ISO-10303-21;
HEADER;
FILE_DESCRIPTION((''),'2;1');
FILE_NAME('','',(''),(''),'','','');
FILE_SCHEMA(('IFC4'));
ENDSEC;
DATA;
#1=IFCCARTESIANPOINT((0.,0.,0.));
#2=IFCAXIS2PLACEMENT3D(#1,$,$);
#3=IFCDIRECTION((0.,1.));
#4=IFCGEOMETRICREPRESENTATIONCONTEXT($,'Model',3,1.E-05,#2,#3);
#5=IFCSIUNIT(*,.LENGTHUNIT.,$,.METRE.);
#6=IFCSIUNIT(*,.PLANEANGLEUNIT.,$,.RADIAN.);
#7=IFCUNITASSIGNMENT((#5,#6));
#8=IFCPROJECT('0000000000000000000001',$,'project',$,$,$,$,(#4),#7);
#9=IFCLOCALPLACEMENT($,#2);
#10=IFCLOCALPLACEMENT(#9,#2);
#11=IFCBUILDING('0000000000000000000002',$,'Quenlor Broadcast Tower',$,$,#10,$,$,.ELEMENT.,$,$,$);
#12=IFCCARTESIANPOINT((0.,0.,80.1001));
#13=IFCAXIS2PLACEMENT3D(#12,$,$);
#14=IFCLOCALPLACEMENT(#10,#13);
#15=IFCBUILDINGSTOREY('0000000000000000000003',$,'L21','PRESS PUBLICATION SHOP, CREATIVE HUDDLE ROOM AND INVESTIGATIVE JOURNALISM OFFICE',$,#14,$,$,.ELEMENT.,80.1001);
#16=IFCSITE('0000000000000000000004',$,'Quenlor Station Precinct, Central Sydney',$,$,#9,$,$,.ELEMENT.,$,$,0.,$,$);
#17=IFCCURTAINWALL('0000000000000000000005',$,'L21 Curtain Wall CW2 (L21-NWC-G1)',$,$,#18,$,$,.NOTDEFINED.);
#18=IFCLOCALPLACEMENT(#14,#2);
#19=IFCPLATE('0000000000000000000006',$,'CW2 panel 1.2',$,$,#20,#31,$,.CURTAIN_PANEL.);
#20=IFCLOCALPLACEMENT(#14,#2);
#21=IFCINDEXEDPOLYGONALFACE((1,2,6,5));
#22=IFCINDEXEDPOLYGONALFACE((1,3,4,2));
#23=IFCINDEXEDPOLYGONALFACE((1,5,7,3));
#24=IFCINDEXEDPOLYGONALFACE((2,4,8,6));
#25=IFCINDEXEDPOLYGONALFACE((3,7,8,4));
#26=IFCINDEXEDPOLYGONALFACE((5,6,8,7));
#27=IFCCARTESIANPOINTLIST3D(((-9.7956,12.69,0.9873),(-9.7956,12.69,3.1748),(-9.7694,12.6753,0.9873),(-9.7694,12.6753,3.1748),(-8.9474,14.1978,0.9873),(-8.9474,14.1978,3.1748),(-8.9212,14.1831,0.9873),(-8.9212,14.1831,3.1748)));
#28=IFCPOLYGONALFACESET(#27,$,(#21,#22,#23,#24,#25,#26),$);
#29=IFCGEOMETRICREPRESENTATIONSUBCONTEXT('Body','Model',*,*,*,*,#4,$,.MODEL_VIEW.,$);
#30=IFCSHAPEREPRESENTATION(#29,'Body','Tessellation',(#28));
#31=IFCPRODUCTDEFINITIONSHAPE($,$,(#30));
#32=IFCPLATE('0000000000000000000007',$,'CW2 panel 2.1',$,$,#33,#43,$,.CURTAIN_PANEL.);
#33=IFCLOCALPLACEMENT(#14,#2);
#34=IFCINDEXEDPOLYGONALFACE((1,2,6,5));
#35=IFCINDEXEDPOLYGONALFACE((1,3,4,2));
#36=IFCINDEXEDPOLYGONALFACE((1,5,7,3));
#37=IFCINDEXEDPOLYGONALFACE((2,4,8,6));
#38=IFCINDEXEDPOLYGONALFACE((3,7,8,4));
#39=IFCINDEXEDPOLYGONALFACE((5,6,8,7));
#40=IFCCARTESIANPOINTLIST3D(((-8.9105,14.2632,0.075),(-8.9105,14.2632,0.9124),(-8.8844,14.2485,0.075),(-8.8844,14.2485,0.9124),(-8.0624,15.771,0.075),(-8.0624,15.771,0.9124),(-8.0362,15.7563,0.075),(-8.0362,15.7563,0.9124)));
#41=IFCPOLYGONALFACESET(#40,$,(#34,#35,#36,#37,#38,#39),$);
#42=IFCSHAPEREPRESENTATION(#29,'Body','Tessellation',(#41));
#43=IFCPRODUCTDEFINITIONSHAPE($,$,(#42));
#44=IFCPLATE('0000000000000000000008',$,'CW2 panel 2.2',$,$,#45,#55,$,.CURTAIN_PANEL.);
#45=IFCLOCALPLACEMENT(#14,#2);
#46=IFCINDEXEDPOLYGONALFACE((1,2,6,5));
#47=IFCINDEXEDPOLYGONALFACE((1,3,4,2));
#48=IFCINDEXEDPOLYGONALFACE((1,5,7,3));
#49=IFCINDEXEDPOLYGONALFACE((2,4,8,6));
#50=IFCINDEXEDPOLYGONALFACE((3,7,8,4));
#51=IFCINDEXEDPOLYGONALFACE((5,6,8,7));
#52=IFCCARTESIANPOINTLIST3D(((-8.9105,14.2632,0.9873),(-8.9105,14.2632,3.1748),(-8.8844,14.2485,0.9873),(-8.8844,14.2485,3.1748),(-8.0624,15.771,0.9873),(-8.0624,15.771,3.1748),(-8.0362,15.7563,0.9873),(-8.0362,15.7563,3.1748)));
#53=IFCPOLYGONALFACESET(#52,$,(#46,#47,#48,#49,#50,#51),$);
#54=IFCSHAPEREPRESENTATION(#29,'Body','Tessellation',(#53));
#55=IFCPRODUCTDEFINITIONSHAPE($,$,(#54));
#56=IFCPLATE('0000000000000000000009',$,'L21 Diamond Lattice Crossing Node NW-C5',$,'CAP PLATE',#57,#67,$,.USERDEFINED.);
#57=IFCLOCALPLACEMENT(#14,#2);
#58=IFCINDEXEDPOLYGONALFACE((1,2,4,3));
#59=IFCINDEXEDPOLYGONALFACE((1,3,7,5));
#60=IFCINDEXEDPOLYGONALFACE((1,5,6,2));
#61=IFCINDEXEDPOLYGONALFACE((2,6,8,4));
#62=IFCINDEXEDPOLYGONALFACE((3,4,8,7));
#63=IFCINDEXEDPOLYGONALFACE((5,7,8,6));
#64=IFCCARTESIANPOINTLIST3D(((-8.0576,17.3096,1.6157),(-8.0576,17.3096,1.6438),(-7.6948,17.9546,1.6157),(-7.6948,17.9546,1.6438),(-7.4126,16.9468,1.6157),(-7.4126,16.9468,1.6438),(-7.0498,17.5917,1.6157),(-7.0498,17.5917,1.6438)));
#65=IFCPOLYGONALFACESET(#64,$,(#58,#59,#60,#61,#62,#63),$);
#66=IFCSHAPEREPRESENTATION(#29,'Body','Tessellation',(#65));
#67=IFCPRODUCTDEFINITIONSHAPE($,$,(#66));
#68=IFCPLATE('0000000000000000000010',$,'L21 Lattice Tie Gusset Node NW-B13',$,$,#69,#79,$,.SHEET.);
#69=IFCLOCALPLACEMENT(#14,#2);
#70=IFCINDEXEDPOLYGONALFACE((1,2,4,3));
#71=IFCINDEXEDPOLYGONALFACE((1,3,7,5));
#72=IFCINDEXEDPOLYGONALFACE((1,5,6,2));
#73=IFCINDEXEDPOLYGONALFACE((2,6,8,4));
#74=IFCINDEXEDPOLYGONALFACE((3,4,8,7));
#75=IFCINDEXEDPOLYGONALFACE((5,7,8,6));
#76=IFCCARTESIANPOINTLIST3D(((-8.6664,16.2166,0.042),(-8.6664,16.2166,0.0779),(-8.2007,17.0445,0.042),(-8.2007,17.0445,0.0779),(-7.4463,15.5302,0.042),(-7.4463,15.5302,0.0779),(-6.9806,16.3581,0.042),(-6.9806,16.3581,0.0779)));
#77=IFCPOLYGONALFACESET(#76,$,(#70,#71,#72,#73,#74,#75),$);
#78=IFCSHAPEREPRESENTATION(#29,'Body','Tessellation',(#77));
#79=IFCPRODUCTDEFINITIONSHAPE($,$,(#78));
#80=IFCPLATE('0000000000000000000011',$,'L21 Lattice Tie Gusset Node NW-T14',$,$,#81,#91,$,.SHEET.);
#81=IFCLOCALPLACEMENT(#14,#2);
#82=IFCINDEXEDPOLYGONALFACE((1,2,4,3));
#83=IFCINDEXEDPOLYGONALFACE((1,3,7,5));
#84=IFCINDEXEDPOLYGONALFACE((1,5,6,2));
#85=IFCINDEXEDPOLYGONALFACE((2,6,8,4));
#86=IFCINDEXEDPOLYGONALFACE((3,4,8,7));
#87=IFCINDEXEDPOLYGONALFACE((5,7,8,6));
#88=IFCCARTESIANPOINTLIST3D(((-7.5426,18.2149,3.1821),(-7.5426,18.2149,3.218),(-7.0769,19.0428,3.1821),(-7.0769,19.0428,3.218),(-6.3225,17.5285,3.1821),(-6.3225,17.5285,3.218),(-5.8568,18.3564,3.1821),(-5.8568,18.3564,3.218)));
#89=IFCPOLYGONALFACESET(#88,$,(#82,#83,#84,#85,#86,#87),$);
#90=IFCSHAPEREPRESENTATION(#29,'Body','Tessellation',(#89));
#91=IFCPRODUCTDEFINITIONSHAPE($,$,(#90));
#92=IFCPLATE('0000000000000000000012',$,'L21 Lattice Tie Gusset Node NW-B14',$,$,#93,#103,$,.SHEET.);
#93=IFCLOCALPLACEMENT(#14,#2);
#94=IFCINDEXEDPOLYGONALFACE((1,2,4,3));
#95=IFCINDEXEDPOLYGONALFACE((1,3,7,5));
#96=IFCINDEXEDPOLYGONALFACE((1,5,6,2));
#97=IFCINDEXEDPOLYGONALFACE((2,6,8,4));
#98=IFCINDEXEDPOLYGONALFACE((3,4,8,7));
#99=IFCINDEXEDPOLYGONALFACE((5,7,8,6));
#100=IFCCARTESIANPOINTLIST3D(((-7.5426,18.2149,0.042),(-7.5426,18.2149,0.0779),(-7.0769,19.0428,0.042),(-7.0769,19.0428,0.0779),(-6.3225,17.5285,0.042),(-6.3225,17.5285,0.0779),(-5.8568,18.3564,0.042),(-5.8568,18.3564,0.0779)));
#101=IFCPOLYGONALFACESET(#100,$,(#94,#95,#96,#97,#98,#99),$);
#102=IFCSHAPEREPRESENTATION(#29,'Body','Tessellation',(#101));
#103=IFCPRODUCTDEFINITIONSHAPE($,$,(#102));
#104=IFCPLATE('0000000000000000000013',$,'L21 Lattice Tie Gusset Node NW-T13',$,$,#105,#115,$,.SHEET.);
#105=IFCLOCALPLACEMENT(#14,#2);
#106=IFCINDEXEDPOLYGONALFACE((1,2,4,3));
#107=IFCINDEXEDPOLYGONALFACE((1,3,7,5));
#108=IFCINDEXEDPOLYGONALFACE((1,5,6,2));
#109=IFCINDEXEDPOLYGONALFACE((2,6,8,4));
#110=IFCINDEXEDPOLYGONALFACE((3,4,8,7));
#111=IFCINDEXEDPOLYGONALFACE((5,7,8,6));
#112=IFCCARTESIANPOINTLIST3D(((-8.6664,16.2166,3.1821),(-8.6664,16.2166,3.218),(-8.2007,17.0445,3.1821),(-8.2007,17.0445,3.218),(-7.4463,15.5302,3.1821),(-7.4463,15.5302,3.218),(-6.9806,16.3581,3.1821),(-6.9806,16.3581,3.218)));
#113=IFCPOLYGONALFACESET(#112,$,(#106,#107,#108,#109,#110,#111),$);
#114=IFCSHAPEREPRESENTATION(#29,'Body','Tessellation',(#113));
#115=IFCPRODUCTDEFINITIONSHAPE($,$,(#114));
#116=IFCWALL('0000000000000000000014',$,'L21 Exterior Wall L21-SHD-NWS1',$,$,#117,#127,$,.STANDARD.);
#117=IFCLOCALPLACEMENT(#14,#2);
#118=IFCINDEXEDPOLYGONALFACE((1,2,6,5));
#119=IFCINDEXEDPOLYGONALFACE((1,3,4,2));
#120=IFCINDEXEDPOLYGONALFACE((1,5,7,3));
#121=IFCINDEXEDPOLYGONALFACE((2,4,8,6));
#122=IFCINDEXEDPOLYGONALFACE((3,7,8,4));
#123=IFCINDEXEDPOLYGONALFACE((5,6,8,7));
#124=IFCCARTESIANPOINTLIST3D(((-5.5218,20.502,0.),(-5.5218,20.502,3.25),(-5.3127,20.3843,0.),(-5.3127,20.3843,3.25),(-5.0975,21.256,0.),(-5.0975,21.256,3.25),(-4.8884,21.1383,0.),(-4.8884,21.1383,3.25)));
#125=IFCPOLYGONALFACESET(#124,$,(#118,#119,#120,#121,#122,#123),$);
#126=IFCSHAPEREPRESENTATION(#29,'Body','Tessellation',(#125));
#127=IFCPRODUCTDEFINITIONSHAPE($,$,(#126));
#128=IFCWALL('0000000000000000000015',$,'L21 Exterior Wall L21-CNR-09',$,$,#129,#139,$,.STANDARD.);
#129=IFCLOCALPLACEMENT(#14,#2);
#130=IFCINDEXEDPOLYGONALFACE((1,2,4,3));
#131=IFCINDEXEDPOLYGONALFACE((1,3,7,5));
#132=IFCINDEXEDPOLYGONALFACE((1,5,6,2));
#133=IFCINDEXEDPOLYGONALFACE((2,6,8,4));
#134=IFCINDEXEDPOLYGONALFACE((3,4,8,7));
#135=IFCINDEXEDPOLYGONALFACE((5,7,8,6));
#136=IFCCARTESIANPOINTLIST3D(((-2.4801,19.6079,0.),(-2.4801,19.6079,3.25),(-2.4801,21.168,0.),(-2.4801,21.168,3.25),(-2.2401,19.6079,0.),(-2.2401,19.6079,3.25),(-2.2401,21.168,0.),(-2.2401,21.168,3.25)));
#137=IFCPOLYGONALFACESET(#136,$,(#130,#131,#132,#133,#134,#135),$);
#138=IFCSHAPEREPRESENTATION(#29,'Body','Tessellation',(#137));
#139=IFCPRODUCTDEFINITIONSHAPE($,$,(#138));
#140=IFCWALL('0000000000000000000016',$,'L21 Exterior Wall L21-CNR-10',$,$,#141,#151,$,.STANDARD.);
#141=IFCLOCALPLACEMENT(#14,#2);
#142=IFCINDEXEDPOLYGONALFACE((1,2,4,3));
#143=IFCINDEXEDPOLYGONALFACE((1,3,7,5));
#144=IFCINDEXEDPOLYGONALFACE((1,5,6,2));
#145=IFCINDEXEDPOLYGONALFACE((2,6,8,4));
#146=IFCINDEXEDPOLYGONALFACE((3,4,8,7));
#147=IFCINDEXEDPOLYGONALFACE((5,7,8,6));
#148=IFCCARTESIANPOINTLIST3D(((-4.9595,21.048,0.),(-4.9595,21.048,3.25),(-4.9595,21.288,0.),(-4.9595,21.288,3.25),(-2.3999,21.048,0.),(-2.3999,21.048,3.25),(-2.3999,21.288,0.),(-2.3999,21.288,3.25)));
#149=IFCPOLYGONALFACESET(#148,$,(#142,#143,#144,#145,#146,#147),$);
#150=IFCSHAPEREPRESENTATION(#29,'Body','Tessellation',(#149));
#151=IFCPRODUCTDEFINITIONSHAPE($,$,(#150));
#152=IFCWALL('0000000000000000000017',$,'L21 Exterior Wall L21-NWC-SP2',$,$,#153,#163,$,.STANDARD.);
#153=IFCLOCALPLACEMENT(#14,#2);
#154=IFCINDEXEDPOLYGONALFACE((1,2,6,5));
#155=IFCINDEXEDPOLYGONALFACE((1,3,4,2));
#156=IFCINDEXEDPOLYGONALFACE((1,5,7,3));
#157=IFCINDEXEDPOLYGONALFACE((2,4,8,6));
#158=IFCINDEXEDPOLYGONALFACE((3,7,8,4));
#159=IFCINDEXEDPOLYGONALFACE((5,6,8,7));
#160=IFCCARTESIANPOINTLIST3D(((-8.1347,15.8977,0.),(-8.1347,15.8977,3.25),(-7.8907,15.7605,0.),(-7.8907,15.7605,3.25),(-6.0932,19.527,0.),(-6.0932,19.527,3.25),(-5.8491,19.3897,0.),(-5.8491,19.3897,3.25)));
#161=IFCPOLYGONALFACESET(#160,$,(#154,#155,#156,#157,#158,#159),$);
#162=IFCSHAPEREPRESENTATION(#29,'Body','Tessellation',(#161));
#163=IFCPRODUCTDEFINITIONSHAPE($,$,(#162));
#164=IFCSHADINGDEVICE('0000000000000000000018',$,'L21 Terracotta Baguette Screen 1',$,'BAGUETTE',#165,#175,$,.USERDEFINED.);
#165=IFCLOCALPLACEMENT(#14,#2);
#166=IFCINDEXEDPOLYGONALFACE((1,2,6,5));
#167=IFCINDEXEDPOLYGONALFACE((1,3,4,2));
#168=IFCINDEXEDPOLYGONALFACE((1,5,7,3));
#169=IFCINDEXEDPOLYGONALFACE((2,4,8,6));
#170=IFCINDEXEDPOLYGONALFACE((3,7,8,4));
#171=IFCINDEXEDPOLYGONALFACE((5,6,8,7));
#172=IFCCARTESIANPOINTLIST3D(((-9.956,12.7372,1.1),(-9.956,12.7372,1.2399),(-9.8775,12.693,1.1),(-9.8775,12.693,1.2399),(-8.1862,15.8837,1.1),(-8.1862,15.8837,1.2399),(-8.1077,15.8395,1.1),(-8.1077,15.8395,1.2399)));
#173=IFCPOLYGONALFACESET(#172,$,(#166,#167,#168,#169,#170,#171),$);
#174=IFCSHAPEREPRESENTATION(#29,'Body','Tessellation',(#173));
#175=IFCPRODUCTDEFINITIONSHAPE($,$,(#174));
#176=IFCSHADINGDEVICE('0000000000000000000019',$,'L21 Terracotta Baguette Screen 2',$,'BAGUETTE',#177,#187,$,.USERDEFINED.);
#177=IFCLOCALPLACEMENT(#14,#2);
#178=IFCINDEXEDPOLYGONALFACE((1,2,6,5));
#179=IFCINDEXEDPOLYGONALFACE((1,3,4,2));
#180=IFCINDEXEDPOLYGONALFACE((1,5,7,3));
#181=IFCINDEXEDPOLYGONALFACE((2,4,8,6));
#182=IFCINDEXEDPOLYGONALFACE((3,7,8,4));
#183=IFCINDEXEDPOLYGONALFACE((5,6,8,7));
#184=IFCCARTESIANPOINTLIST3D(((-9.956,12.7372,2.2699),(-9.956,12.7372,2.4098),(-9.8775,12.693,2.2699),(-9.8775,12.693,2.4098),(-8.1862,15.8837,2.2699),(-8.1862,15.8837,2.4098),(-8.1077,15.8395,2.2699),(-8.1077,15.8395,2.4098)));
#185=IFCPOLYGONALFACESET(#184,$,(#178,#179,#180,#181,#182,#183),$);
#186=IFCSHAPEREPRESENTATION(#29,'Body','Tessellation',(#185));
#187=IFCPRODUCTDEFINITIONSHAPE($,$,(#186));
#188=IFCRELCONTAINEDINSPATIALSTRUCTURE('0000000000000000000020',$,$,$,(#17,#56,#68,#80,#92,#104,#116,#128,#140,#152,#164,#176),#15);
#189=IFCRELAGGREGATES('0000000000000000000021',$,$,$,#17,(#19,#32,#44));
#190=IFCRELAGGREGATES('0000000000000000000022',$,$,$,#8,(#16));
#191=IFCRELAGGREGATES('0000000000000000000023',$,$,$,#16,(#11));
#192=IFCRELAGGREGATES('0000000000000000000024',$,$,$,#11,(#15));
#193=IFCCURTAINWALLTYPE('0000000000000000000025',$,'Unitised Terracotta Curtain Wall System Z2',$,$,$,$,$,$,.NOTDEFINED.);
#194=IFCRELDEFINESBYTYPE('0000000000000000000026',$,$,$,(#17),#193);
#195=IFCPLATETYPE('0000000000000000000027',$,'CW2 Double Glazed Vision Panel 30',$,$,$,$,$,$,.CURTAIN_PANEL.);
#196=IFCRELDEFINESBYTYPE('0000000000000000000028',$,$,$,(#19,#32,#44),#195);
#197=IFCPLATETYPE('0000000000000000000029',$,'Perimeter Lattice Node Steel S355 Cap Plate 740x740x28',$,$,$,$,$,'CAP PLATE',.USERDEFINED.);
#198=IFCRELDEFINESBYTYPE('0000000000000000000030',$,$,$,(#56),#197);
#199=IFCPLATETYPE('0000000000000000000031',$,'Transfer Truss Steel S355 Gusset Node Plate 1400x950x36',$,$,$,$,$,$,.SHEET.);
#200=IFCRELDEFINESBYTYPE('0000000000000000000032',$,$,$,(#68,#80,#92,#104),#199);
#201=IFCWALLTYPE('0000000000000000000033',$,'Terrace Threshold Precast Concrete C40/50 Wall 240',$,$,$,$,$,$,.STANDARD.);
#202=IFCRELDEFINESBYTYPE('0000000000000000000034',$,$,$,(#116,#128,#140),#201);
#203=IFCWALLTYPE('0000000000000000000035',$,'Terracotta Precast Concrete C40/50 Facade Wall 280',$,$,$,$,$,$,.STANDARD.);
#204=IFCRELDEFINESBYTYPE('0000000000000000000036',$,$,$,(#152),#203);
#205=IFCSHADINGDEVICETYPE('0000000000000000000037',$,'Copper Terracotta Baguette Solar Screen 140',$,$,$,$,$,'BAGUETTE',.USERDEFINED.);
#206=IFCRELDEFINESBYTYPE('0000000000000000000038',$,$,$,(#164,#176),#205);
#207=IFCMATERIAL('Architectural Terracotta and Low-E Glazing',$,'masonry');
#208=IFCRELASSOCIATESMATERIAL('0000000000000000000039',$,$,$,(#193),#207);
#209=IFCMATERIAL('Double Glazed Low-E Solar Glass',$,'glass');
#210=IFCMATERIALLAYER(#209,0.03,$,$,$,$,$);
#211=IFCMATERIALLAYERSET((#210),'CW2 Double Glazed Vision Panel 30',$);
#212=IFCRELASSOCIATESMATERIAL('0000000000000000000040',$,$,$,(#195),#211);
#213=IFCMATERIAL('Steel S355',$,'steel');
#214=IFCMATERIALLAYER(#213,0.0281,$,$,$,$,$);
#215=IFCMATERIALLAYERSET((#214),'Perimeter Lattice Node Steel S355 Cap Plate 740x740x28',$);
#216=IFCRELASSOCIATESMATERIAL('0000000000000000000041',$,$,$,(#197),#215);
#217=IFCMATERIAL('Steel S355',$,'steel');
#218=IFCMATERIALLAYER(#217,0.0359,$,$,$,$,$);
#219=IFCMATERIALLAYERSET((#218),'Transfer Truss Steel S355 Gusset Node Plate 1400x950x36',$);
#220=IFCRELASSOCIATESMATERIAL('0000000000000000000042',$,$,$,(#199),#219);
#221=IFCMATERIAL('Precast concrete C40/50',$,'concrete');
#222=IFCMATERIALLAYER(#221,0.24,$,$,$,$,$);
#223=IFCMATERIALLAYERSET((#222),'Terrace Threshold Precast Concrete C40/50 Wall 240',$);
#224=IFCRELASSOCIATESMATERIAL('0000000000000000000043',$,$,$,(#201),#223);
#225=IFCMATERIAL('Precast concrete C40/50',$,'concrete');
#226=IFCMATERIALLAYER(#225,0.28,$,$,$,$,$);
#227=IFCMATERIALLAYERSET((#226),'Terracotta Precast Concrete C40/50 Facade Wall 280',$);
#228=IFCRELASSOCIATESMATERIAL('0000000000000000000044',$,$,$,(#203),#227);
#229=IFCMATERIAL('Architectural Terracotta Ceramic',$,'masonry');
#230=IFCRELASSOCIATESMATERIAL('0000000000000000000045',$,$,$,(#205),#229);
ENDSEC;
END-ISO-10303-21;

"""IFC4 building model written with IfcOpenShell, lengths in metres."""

from ifc_helpers import new_model, si_unit, direction, frame, frame_2d, origin, origin_2d, place, context, subcontext, project, spatial, rectangle, extrude, material, layer, layer_set, material_profile, profile_set, type_object, element, aggregate, save


model = new_model("IFC4")

# Units and contexts
model_context = context("Model", 3, precision=1e-05, world=origin(), true_north=direction((0.0, 1.0)))
body_context = subcontext(model_context, "Body", "Model", "MODEL_VIEW")
ifc_project = project(units=[si_unit("LENGTHUNIT", "METRE"), si_unit("PLANEANGLEUNIT", "RADIAN")], contexts=[model_context])

# Site, building, storey
site_placement = place(None, origin())
site = spatial("IfcSite", under=ifc_project, at=site_placement, Name="Quenlor Station Precinct, Central Sydney", CompositionType="ELEMENT", RefElevation=0.0)
building_placement = place(site_placement, origin())
building = spatial("IfcBuilding", under=site, at=building_placement, Name="Quenlor Broadcast Tower", CompositionType="ELEMENT")
storey_placement = place(building_placement, frame((0.0, 0.0, 80.1001)))
storey = spatial("IfcBuildingStorey", under=building, at=storey_placement, Name="L21", Description="PRESS PUBLICATION SHOP, CREATIVE HUDDLE ROOM AND INVESTIGATIVE JOURNALISM OFFICE", CompositionType="ELEMENT", Elevation=80.1001)

# Curtain wall
ifc_material_1 = material(Name="Architectural Terracotta and Low-E Glazing", Category="masonry")
curtain_wall_type = type_object("IfcCurtainWallType", Name="Unitised Terracotta Curtain Wall System Z2", PredefinedType="NOTDEFINED", material=ifc_material_1)
curtain_wall_placement = place(storey_placement, origin())
curtain_wall = element("IfcCurtainWall", 1, at=curtain_wall_placement, inside=storey, type_object=curtain_wall_type, Name="L21 Curtain Wall CW2 (L21-NWC-G1)", PredefinedType="NOTDEFINED")

# Plates
ifc_material_2 = material(Name="Double Glazed Low-E Solar Glass", Category="glass")
ifc_layer_1 = layer(ifc_material_2, 0.03)
ifc_layer_set_1 = layer_set([ifc_layer_1], Name="CW2 Double Glazed Vision Panel 30")
plate_type_1 = type_object("IfcPlateType", Name="CW2 Double Glazed Vision Panel 30", PredefinedType="CURTAIN_PANEL", material=ifc_layer_set_1)
plate_1_placement = place(storey_placement, frame((-9.3584, 13.4365, 0.9873), z_axis=(0.0, 0.0, 1.0), x_axis=(0.490265, 0.871573, 0.0)))
plate_1 = element("IfcPlate", 2, at=plate_1_placement, type_object=plate_type_1, Name="CW2 panel 1.2", PredefinedType="CURTAIN_PANEL", context=body_context, shape_type="SweptSolid", body=[
    extrude(rectangle(XDim=1.73, YDim=0.03, at=origin_2d()), origin(), (0.0, 0.0, 1.0), 2.1875),
])
plate_2_placement = place(storey_placement, frame((-8.4734, 15.0098, 0.075), z_axis=(0.0, 0.0, 1.0), x_axis=(0.490265, 0.871573, 0.0)))
plate_2 = element("IfcPlate", 3, at=plate_2_placement, type_object=plate_type_1, Name="CW2 panel 2.1", PredefinedType="CURTAIN_PANEL", context=body_context, shape_type="SweptSolid", body=[
    extrude(rectangle(XDim=1.73, YDim=0.03, at=origin_2d()), origin(), (0.0, 0.0, 1.0), 0.8374),
])
plate_3_placement = place(storey_placement, frame((-8.4734, 15.0098, 0.9873), z_axis=(0.0, 0.0, 1.0), x_axis=(0.490265, 0.871573, 0.0)))
plate_3 = element("IfcPlate", 4, at=plate_3_placement, type_object=plate_type_1, Name="CW2 panel 2.2", PredefinedType="CURTAIN_PANEL", context=body_context, shape_type="SweptSolid", body=[
    extrude(rectangle(XDim=1.73, YDim=0.03, at=origin_2d()), origin(), (0.0, 0.0, 1.0), 2.1875),
])
aggregate(curtain_wall, [plate_1, plate_2, plate_3])

# Plates
ifc_material_3 = material(Name="Steel S355", Category="steel")
ifc_layer_2 = layer(ifc_material_3, 0.0281)
ifc_layer_set_2 = layer_set([ifc_layer_2], Name="Perimeter Lattice Node Steel S355 Cap Plate 740x740x28")
plate_type_2 = type_object("IfcPlateType", Name="Perimeter Lattice Node Steel S355 Cap Plate 740x740x28", ElementType="CAP PLATE", PredefinedType="USERDEFINED", material=ifc_layer_set_2)
plate_4_placement = place(storey_placement, frame((-7.5537, 17.4507, 1.6157), z_axis=(0.0, 0.0, 1.0), x_axis=(0.490295, 0.871556, 0.0)))
element("IfcPlate", 5, at=plate_4_placement, inside=storey, type_object=plate_type_2, Name="L21 Diamond Lattice Crossing Node NW-C5", ObjectType="CAP PLATE", PredefinedType="USERDEFINED", context=body_context, shape_type="SweptSolid", body=[
    extrude(rectangle(XDim=0.74, YDim=0.74, at=origin_2d()), origin(), (0.0, 0.0, 1.0), 0.0281),
])
ifc_material_4 = material(Name="Steel S355", Category="steel")
ifc_layer_3 = layer(ifc_material_4, 0.0359)
ifc_layer_set_3 = layer_set([ifc_layer_3], Name="Transfer Truss Steel S355 Gusset Node Plate 1400x950x36")
plate_type_3 = type_object("IfcPlateType", Name="Transfer Truss Steel S355 Gusset Node Plate 1400x950x36", PredefinedType="SHEET", material=ifc_layer_set_3)
for number, where, z_axis, x_axis, name in (
    (6, (-7.8235, 16.2874, 0.042), (0.0, 0.0, 1.0), (-0.871556, 0.490295, 0.0), "L21 Lattice Tie Gusset Node NW-B13"),
    (7, (-6.6997, 18.2856, 3.1821), (0.0, 0.0, 1.0), (-0.871556, 0.490295, 0.0), "L21 Lattice Tie Gusset Node NW-T14"),
    (8, (-6.6997, 18.2856, 0.042), (0.0, 0.0, 1.0), (-0.871556, 0.490295, 0.0), "L21 Lattice Tie Gusset Node NW-B14"),
    (9, (-7.8235, 16.2874, 3.1821), (0.0, 0.0, 1.0), (-0.871556, 0.490295, 0.0), "L21 Lattice Tie Gusset Node NW-T13"),
):
    element("IfcPlate", number, at=place(storey_placement, frame(where, z_axis=z_axis, x_axis=x_axis)), inside=storey, type_object=plate_type_3, Name=name, PredefinedType="SHEET", context=body_context, shape_type="SweptSolid", body=[
        extrude(rectangle(XDim=1.3999, YDim=0.95, at=origin_2d()), origin(), (0.0, 0.0, 1.0), 0.0359),
    ])

# Walls
ifc_material_5 = material(Name="Precast concrete C40/50", Category="concrete")
ifc_layer_4 = layer(ifc_material_5, 0.24)
ifc_layer_set_4 = layer_set([ifc_layer_4], Name="Terrace Threshold Precast Concrete C40/50 Wall 240")
wall_type_1 = type_object("IfcWallType", Name="Terrace Threshold Precast Concrete C40/50 Wall 240", PredefinedType="STANDARD", material=ifc_layer_set_4)
wall_1_placement = place(storey_placement, frame((-5.4172, 20.4431, 0.0), z_axis=(0.0, 0.0, 1.0), x_axis=(0.490355, 0.871523, 0.0)))
element("IfcWall", 10, at=wall_1_placement, inside=storey, type_object=wall_type_1, Name="L21 Exterior Wall L21-SHD-NWS1", PredefinedType="STANDARD", context=body_context, shape_type="SweptSolid", body=[
    extrude(rectangle(XDim=0.8652, YDim=0.24, at=frame_2d((0.4326, 0.0))), origin(), (0.0, 0.0, 1.0), 3.25),
])
wall_2_placement = place(storey_placement, frame((-2.3601, 19.6079, 0.0), z_axis=(0.0, 0.0, 1.0), x_axis=(0.0, 1.0, 0.0)))
element("IfcWall", 11, at=wall_2_placement, inside=storey, type_object=wall_type_1, Name="L21 Exterior Wall L21-CNR-09", PredefinedType="STANDARD", context=body_context, shape_type="SweptSolid", body=[
    extrude(rectangle(XDim=1.5601, YDim=0.24, at=frame_2d((0.78, 0.0))), origin(), (0.0, 0.0, 1.0), 3.25),
])
wall_3_placement = place(storey_placement, frame((-2.3999, 21.168, 0.0), z_axis=(0.0, 0.0, 1.0), x_axis=(-1.0, 0.0, 0.0)))
element("IfcWall", 12, at=wall_3_placement, inside=storey, type_object=wall_type_1, Name="L21 Exterior Wall L21-CNR-10", PredefinedType="STANDARD", context=body_context, shape_type="SweptSolid", body=[
    extrude(rectangle(XDim=2.5596, YDim=0.24, at=frame_2d((1.2798, 0.0))), origin(), (0.0, 0.0, 1.0), 3.25),
])
ifc_material_6 = material(Name="Precast concrete C40/50", Category="concrete")
ifc_layer_5 = layer(ifc_material_6, 0.28)
ifc_layer_set_5 = layer_set([ifc_layer_5], Name="Terracotta Precast Concrete C40/50 Facade Wall 280")
wall_type_2 = type_object("IfcWallType", Name="Terracotta Precast Concrete C40/50 Facade Wall 280", PredefinedType="STANDARD", material=ifc_layer_set_5)
wall_4_placement = place(storey_placement, frame((-8.0127, 15.8291, 0.0), z_axis=(0.0, 0.0, 1.0), x_axis=(0.490281, 0.871565, 0.0)))
element("IfcWall", 13, at=wall_4_placement, inside=storey, type_object=wall_type_2, Name="L21 Exterior Wall L21-NWC-SP2", PredefinedType="STANDARD", context=body_context, shape_type="SweptSolid", body=[
    extrude(rectangle(XDim=4.1641, YDim=0.28, at=frame_2d((2.082, 0.0))), origin(), (0.0, 0.0, 1.0), 3.25),
])

# Shading devices
ifc_material_7 = material(Name="Architectural Terracotta Ceramic", Category="masonry")
ifc_material_profile_1 = material_profile(ifc_material_7, rectangle(XDim=0.0901, YDim=0.1399, at=origin_2d()))
ifc_profile_set_1 = profile_set([ifc_material_profile_1], Name="Architectural Terracotta Ceramic BAG90x140")
shading_device_type = type_object("IfcShadingDeviceType", Name="Copper Terracotta Baguette Solar Screen 140", ElementType="BAGUETTE", PredefinedType="USERDEFINED", material=ifc_profile_set_1)
for number, where, z_axis, x_axis, name in (
    (14, (-9.9167, 12.7151, 1.1699), (0.490236, 0.87159, 0.0), (-0.87159, 0.490236, 0.0), "L21 Terracotta Baguette Screen 1"),
    (15, (-9.9167, 12.7151, 2.3398), (0.490236, 0.87159, 0.0), (-0.87159, 0.490236, 0.0), "L21 Terracotta Baguette Screen 2"),
):
    element("IfcShadingDevice", number, at=place(storey_placement, frame(where, z_axis=z_axis, x_axis=x_axis)), inside=storey, type_object=shading_device_type, Name=name, ObjectType="BAGUETTE", PredefinedType="USERDEFINED", context=body_context, shape_type="SweptSolid", body=[
        extrude(rectangle(XDim=0.0901, YDim=0.1399, at=origin_2d()), origin(), (0.0, 0.0, 1.0), 3.6101),
    ])

save(model, "model.ifc")
